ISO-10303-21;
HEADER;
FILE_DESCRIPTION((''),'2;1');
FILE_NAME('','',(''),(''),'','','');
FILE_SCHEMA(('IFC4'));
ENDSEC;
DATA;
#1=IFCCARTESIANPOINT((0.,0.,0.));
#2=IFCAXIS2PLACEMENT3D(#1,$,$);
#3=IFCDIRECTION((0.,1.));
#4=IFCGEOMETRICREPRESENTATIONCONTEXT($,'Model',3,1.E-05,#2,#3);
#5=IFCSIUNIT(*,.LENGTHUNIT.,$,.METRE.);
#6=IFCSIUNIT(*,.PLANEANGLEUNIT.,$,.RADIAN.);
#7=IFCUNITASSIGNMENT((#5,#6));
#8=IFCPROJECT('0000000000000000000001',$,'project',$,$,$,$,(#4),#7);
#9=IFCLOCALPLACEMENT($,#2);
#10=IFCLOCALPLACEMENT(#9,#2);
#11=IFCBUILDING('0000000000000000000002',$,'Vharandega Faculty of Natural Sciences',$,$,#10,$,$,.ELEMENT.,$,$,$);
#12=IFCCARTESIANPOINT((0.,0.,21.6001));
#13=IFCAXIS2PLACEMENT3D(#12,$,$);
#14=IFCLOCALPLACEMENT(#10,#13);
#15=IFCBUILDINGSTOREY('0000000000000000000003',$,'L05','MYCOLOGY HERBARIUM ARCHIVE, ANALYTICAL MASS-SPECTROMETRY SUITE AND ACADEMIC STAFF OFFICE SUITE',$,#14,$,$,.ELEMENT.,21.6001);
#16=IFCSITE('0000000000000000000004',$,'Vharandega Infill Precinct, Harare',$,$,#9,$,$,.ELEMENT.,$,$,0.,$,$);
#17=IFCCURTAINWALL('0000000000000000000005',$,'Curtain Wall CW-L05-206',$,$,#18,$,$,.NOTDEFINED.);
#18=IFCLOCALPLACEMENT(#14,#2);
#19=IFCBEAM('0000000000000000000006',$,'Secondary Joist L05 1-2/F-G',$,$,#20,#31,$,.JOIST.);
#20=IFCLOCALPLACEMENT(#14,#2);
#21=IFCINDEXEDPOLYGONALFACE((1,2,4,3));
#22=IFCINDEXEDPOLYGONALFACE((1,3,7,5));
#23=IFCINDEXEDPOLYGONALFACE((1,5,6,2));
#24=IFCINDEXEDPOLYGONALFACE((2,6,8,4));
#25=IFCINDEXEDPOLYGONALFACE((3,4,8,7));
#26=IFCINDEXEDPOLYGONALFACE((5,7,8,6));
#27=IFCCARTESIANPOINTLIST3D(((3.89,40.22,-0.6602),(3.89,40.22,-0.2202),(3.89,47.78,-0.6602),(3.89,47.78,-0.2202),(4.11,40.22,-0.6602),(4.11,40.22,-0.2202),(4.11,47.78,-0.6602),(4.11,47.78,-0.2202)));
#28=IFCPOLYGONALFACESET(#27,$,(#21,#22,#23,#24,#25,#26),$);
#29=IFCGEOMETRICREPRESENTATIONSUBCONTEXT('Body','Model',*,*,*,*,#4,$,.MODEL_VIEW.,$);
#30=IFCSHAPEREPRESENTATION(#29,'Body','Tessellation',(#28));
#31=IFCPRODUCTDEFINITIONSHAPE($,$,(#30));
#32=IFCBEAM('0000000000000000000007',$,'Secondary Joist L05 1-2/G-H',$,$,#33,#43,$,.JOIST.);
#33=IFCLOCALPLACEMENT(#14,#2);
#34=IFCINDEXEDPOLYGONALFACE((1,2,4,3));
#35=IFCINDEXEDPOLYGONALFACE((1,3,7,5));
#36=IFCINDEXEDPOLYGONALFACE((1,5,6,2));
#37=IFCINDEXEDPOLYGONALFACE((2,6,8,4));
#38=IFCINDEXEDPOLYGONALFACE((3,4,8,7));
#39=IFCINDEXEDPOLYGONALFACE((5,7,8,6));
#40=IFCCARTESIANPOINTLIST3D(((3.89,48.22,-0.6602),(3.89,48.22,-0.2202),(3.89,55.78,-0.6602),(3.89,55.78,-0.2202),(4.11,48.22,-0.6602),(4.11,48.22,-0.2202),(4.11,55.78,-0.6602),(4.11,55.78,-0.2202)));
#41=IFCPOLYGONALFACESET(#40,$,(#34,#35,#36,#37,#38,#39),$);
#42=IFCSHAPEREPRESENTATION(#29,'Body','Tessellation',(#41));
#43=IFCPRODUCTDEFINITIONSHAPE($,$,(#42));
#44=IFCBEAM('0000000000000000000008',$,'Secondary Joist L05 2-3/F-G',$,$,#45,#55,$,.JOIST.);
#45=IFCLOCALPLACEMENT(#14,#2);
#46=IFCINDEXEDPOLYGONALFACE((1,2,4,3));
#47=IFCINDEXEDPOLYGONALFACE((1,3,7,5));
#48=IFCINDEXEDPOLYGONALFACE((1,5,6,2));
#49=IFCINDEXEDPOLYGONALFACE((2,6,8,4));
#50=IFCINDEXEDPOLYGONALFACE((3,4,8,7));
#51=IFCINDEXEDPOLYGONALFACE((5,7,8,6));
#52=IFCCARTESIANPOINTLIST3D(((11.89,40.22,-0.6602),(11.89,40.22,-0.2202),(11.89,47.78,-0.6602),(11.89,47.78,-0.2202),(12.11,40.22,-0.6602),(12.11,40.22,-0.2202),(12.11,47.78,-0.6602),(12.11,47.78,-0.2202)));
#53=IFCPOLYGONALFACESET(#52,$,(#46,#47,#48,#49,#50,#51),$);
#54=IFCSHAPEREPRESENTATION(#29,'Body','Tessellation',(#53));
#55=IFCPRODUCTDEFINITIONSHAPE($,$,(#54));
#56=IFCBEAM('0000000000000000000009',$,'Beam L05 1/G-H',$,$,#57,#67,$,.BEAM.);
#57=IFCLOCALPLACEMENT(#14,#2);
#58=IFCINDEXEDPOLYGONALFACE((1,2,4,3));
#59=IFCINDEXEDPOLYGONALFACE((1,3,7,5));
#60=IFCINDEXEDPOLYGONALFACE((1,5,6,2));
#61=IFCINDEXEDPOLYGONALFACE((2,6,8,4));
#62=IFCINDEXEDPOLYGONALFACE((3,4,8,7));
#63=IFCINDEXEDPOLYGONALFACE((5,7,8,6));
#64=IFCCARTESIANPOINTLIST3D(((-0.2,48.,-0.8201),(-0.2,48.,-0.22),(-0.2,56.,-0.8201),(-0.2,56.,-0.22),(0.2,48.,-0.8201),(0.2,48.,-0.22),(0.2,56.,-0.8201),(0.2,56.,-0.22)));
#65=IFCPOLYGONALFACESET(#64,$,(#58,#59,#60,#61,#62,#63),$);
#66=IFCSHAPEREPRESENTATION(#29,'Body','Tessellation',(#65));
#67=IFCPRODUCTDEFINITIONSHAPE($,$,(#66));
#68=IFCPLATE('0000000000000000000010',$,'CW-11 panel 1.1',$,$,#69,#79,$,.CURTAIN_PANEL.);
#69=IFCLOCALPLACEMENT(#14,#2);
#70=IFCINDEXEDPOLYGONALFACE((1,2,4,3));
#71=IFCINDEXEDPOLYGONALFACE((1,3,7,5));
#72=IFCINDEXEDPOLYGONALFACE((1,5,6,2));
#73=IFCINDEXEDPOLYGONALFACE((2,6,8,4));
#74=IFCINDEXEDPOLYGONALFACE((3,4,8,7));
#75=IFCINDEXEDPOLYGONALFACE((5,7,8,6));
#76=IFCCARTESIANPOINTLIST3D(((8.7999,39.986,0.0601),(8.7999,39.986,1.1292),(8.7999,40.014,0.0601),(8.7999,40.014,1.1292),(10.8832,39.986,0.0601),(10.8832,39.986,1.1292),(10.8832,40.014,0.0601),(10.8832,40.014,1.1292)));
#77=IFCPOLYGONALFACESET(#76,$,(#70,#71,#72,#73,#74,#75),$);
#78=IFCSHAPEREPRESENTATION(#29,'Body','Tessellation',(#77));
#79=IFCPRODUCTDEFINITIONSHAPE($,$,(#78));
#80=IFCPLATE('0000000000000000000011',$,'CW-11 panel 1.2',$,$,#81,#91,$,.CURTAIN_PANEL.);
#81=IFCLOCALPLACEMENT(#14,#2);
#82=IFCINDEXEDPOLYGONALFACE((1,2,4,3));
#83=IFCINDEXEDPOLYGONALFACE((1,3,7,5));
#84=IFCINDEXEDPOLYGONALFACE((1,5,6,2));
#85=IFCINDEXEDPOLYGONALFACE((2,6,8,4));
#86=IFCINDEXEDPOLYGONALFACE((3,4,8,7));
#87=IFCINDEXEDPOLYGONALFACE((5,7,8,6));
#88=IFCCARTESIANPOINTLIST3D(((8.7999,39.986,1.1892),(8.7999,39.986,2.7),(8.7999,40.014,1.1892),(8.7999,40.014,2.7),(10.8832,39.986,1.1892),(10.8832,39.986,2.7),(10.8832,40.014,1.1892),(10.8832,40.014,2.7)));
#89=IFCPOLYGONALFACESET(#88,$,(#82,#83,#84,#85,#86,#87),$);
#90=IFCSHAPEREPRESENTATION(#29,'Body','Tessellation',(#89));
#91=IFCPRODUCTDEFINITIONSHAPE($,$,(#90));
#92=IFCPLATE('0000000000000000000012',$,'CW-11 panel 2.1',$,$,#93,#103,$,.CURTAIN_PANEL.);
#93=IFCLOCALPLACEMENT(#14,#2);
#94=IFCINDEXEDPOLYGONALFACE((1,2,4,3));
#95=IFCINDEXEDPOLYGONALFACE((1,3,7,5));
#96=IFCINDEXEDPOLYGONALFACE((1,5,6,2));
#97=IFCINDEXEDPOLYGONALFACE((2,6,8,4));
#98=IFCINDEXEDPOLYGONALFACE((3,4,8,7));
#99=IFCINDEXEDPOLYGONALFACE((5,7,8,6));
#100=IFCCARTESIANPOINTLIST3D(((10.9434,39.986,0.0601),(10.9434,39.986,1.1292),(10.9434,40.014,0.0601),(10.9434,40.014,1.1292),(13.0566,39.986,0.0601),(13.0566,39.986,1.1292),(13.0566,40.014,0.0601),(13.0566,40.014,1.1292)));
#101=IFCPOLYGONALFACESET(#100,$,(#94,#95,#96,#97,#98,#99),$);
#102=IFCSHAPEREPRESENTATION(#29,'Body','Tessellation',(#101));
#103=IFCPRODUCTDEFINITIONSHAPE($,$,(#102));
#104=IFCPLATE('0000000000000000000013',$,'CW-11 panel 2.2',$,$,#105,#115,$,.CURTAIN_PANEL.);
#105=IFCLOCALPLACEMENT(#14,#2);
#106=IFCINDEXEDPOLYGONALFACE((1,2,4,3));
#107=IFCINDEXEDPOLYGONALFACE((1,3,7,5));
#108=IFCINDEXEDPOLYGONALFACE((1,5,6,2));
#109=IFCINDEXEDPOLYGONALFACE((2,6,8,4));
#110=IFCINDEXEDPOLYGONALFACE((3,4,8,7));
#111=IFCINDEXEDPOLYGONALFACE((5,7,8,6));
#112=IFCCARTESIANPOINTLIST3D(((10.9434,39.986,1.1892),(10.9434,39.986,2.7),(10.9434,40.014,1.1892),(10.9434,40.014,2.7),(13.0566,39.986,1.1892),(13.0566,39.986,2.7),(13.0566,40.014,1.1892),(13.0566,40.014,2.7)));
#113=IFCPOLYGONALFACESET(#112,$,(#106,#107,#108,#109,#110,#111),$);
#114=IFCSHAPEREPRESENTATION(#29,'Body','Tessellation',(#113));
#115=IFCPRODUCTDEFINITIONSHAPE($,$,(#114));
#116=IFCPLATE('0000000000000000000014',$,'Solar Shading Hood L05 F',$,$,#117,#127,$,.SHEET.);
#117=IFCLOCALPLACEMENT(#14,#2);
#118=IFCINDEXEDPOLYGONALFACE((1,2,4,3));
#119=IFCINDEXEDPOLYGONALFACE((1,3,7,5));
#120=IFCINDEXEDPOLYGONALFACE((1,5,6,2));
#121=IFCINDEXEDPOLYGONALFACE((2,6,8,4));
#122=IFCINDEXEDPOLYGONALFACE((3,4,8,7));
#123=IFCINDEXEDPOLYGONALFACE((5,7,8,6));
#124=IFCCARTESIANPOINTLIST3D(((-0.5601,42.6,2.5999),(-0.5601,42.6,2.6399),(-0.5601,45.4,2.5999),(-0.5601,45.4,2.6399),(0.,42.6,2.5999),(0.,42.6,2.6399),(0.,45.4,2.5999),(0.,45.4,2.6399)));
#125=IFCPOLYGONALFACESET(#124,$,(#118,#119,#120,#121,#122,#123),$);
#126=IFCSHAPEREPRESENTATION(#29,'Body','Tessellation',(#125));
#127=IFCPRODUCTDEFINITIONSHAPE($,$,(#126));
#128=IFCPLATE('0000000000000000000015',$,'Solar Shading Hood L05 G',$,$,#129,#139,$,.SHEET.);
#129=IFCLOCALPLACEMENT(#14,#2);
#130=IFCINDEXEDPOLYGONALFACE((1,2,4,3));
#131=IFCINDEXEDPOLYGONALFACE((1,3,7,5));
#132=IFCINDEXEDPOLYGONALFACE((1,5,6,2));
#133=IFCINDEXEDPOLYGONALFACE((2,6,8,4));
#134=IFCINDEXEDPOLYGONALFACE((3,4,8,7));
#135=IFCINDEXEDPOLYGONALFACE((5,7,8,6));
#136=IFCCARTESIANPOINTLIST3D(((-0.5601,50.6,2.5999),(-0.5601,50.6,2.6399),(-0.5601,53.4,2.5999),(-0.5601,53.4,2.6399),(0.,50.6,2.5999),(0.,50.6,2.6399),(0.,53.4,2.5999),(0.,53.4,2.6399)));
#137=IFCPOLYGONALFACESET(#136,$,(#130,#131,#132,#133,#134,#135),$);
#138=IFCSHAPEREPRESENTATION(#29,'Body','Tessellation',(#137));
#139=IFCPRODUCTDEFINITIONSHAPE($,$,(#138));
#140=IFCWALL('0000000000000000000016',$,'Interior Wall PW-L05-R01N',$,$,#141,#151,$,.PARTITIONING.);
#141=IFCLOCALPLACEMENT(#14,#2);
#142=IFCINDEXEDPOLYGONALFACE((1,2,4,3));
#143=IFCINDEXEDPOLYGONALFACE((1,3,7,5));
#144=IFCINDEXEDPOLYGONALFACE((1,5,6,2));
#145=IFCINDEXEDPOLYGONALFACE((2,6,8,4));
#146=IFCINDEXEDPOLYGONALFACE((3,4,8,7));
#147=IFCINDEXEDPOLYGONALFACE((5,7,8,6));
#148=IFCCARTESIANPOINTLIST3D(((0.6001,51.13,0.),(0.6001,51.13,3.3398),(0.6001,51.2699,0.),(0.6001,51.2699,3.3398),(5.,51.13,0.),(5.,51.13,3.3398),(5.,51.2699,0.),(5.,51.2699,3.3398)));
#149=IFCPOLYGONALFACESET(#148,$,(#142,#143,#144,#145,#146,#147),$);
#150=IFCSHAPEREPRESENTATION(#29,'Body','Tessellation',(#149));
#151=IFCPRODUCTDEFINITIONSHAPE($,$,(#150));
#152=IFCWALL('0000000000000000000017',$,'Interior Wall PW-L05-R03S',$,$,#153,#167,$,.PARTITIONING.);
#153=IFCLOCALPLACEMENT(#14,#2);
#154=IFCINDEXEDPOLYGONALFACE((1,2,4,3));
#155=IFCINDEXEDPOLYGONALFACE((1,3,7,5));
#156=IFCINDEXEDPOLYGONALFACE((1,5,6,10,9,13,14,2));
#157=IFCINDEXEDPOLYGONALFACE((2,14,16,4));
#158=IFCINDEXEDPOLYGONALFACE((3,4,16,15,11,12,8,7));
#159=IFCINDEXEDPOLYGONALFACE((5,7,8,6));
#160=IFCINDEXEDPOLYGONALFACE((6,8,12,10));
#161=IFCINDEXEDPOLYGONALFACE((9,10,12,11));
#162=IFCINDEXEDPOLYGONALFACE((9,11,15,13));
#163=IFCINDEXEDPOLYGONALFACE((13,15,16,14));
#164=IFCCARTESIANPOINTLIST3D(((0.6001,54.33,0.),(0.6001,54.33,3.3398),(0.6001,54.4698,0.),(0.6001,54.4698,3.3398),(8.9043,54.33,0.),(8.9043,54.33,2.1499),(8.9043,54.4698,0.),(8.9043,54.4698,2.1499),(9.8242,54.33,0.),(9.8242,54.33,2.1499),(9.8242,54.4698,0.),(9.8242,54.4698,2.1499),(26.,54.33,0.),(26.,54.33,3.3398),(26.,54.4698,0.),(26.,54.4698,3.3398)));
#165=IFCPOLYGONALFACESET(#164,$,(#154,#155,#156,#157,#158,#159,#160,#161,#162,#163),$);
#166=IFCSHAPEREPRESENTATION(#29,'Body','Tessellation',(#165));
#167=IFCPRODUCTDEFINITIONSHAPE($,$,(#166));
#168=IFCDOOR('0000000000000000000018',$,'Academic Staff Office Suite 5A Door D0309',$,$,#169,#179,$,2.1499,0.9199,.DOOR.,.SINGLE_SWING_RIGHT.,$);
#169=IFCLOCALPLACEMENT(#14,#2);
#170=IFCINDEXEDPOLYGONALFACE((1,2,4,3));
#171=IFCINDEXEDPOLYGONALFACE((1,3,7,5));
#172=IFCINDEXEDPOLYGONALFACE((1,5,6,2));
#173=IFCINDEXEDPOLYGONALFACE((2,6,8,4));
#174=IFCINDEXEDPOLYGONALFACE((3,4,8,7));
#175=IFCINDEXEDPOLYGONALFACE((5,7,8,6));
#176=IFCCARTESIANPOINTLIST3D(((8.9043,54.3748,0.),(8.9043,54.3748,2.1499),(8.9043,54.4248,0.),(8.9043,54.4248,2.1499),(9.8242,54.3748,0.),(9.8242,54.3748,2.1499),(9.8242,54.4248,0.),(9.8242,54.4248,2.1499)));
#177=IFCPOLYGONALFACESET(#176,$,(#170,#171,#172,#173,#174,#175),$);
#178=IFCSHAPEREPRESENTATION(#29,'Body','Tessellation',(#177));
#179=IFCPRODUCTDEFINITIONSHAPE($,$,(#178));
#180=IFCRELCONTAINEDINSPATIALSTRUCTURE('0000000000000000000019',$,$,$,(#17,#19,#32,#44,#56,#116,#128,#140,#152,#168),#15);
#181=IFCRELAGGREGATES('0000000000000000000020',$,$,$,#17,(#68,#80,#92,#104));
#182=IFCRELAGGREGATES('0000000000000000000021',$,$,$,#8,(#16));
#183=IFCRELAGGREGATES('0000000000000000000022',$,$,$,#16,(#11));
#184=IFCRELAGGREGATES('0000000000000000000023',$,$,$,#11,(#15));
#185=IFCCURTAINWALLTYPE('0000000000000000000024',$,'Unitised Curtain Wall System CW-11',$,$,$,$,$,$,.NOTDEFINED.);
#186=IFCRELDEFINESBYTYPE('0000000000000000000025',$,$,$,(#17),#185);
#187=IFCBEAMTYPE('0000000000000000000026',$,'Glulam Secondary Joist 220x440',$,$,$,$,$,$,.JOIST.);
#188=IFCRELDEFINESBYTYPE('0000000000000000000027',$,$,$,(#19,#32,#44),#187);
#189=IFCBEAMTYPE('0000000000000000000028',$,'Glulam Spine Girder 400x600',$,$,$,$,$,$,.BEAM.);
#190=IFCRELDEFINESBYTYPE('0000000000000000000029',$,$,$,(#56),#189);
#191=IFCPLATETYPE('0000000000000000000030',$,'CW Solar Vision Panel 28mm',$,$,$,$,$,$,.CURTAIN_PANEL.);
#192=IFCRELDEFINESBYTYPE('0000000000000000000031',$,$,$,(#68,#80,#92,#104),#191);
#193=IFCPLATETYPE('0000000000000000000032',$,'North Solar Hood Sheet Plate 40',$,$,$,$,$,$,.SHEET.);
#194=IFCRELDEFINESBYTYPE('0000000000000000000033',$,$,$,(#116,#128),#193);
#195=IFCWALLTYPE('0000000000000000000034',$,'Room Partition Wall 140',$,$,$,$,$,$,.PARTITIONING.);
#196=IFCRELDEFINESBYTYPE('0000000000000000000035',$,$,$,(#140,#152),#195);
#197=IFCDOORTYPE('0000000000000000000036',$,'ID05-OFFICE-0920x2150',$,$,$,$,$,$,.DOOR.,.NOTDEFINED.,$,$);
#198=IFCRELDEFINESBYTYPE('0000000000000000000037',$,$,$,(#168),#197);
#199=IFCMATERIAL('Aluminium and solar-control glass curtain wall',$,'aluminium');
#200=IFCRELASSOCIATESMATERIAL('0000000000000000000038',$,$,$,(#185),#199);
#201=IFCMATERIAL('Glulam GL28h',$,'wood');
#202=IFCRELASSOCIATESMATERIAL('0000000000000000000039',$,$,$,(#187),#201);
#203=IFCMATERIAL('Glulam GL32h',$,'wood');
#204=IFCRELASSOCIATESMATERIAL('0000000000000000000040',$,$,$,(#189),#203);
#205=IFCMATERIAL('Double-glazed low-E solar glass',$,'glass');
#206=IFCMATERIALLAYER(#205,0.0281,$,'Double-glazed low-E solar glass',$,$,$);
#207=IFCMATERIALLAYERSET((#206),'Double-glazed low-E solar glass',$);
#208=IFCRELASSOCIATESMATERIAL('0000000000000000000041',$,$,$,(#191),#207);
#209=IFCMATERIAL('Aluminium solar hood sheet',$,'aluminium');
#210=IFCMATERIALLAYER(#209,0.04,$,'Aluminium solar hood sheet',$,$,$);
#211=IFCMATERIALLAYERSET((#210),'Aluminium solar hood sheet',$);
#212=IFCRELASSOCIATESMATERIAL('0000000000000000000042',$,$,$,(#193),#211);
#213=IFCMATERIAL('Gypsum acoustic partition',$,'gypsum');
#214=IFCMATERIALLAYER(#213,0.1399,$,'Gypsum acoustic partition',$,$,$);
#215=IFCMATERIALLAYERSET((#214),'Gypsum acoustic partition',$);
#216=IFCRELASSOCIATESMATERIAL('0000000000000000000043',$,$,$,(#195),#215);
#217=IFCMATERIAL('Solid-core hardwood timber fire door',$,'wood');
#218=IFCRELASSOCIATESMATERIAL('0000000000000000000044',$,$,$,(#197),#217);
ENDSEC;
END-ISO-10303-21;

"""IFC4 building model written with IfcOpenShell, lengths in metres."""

from ifc_helpers import new_model, si_unit, direction, frame, frame_2d, origin, origin_2d, place, context, subcontext, project, spatial, rectangle, extrude, material, layer, layer_set, material_profile, profile_set, type_object, element, fill, aggregate, save


model = new_model("IFC4")

# Units and contexts
model_context = context("Model", 3, precision=1e-05, world=origin(), true_north=direction((0.0, 1.0)))
body_context = subcontext(model_context, "Body", "Model", "MODEL_VIEW")
ifc_project = project(units=[si_unit("LENGTHUNIT", "METRE"), si_unit("PLANEANGLEUNIT", "RADIAN")], contexts=[model_context])

# Site, building, storey
site_placement = place(None, origin())
site = spatial("IfcSite", under=ifc_project, at=site_placement, Name="Vharandega Infill Precinct, Harare", CompositionType="ELEMENT", RefElevation=0.0)
building_placement = place(site_placement, origin())
building = spatial("IfcBuilding", under=site, at=building_placement, Name="Vharandega Faculty of Natural Sciences", CompositionType="ELEMENT")
storey_placement = place(building_placement, frame((0.0, 0.0, 21.6001)))
storey = spatial("IfcBuildingStorey", under=building, at=storey_placement, Name="L05", Description="MYCOLOGY HERBARIUM ARCHIVE, ANALYTICAL MASS-SPECTROMETRY SUITE AND ACADEMIC STAFF OFFICE SUITE", CompositionType="ELEMENT", Elevation=21.6001)

# Curtain wall
ifc_material_1 = material(Name="Aluminium and solar-control glass curtain wall", Category="aluminium")
curtain_wall_type = type_object("IfcCurtainWallType", Name="Unitised Curtain Wall System CW-11", PredefinedType="NOTDEFINED", material=ifc_material_1)
curtain_wall_placement = place(storey_placement, origin())
curtain_wall = element("IfcCurtainWall", 1, at=curtain_wall_placement, inside=storey, type_object=curtain_wall_type, Name="Curtain Wall CW-L05-206", PredefinedType="NOTDEFINED")

# Beams
ifc_material_2 = material(Name="Glulam GL28h", Category="wood")
ifc_material_profile_1 = material_profile(ifc_material_2, rectangle(XDim=0.22, YDim=0.4399, at=origin_2d()), Name="GL28h 220x440")
ifc_profile_set_1 = profile_set([ifc_material_profile_1], Name="Glulam GL28h")
beam_type_1 = type_object("IfcBeamType", Name="Glulam Secondary Joist 220x440", PredefinedType="JOIST", material=ifc_profile_set_1)
for number, where, z_axis, x_axis, name in (
    (2, (4.0, 40.22, -0.4402), (0.0, 1.0, 0.0), (-1.0, 0.0, 0.0), "Secondary Joist L05 1-2/F-G"),
    (3, (4.0, 48.22, -0.4402), (0.0, 1.0, 0.0), (-1.0, 0.0, 0.0), "Secondary Joist L05 1-2/G-H"),
    (4, (12.0, 40.22, -0.4402), (0.0, 1.0, 0.0), (-1.0, 0.0, 0.0), "Secondary Joist L05 2-3/F-G"),
):
    element("IfcBeam", number, at=place(storey_placement, frame(where, z_axis=z_axis, x_axis=x_axis)), inside=storey, type_object=beam_type_1, Name=name, PredefinedType="JOIST", context=body_context, shape_type="SweptSolid", body=[
        extrude(rectangle(XDim=0.22, YDim=0.4399, at=origin_2d()), origin(), (0.0, 0.0, 1.0), 7.5601),
    ])
ifc_material_3 = material(Name="Glulam GL32h", Category="wood")
ifc_material_profile_2 = material_profile(ifc_material_3, rectangle(XDim=0.3999, YDim=0.6001, at=origin_2d()), Name="GL32h 400x600")
ifc_profile_set_2 = profile_set([ifc_material_profile_2], Name="Glulam GL32h")
beam_type_2 = type_object("IfcBeamType", Name="Glulam Spine Girder 400x600", PredefinedType="BEAM", material=ifc_profile_set_2)
beam_placement = place(storey_placement, frame((0.0, 48.0, -0.52), z_axis=(0.0, 1.0, 0.0), x_axis=(-1.0, 0.0, 0.0)))
element("IfcBeam", 5, at=beam_placement, inside=storey, type_object=beam_type_2, Name="Beam L05 1/G-H", PredefinedType="BEAM", context=body_context, shape_type="SweptSolid", body=[
    extrude(rectangle(XDim=0.3999, YDim=0.6001, at=origin_2d()), origin(), (0.0, 0.0, 1.0), 8.0),
])

# Plates
ifc_material_4 = material(Name="Double-glazed low-E solar glass", Category="glass")
ifc_layer_1 = layer(ifc_material_4, 0.0281, Name="Double-glazed low-E solar glass")
ifc_layer_set_1 = layer_set([ifc_layer_1], Name="Double-glazed low-E solar glass")
plate_type_1 = type_object("IfcPlateType", Name="CW Solar Vision Panel 28mm", PredefinedType="CURTAIN_PANEL", material=ifc_layer_set_1)
plate_1_placement = place(storey_placement, frame((9.8416, 40.0, 0.0601), z_axis=(0.0, 0.0, 1.0), x_axis=(1.0, 0.0, 0.0)))
plate_1 = element("IfcPlate", 6, at=plate_1_placement, type_object=plate_type_1, Name="CW-11 panel 1.1", PredefinedType="CURTAIN_PANEL", context=body_context, shape_type="SweptSolid", body=[
    extrude(rectangle(XDim=2.0833, YDim=0.0281, at=origin_2d()), origin(), (0.0, 0.0, 1.0), 1.0691),
])
plate_2_placement = place(storey_placement, frame((9.8416, 40.0, 1.1892), z_axis=(0.0, 0.0, 1.0), x_axis=(1.0, 0.0, 0.0)))
plate_2 = element("IfcPlate", 7, at=plate_2_placement, type_object=plate_type_1, Name="CW-11 panel 1.2", PredefinedType="CURTAIN_PANEL", context=body_context, shape_type="SweptSolid", body=[
    extrude(rectangle(XDim=2.0833, YDim=0.0281, at=origin_2d()), origin(), (0.0, 0.0, 1.0), 1.5107),
])
plate_3_placement = place(storey_placement, frame((12.0, 40.0, 0.0601), z_axis=(0.0, 0.0, 1.0), x_axis=(1.0, 0.0, 0.0)))
plate_3 = element("IfcPlate", 8, at=plate_3_placement, type_object=plate_type_1, Name="CW-11 panel 2.1", PredefinedType="CURTAIN_PANEL", context=body_context, shape_type="SweptSolid", body=[
    extrude(rectangle(XDim=2.1133, YDim=0.0281, at=origin_2d()), origin(), (0.0, 0.0, 1.0), 1.0691),
])
plate_4_placement = place(storey_placement, frame((12.0, 40.0, 1.1892), z_axis=(0.0, 0.0, 1.0), x_axis=(1.0, 0.0, 0.0)))
plate_4 = element("IfcPlate", 9, at=plate_4_placement, type_object=plate_type_1, Name="CW-11 panel 2.2", PredefinedType="CURTAIN_PANEL", context=body_context, shape_type="SweptSolid", body=[
    extrude(rectangle(XDim=2.1133, YDim=0.0281, at=origin_2d()), origin(), (0.0, 0.0, 1.0), 1.5107),
])
aggregate(curtain_wall, [plate_1, plate_2, plate_3, plate_4])

# Plates
ifc_material_5 = material(Name="Aluminium solar hood sheet", Category="aluminium")
ifc_layer_2 = layer(ifc_material_5, 0.04, Name="Aluminium solar hood sheet")
ifc_layer_set_2 = layer_set([ifc_layer_2], Name="Aluminium solar hood sheet")
plate_type_2 = type_object("IfcPlateType", Name="North Solar Hood Sheet Plate 40", PredefinedType="SHEET", material=ifc_layer_set_2)
for number, where, z_axis, x_axis, name in (
    (10, (-0.28, 44.0, 2.5999), (0.0, 0.0, 1.0), (1.0, 0.0, 0.0), "Solar Shading Hood L05 F"),
    (11, (-0.28, 52.0, 2.5999), (0.0, 0.0, 1.0), (1.0, 0.0, 0.0), "Solar Shading Hood L05 G"),
):
    element("IfcPlate", number, at=place(storey_placement, frame(where, z_axis=z_axis, x_axis=x_axis)), inside=storey, type_object=plate_type_2, Name=name, PredefinedType="SHEET", context=body_context, shape_type="SweptSolid", body=[
        extrude(rectangle(XDim=0.5601, YDim=2.8, at=origin_2d()), origin(), (0.0, 0.0, 1.0), 0.04),
    ])

# Wall
ifc_material_6 = material(Name="Gypsum acoustic partition", Category="gypsum")
ifc_layer_3 = layer(ifc_material_6, 0.1399, Name="Gypsum acoustic partition")
ifc_layer_set_3 = layer_set([ifc_layer_3], Name="Gypsum acoustic partition")
wall_type_1 = type_object("IfcWallType", Name="Room Partition Wall 140", PredefinedType="PARTITIONING", material=ifc_layer_set_3)
wall_1_placement = place(storey_placement, frame((0.6001, 51.2, 0.0), z_axis=(0.0, 0.0, 1.0), x_axis=(1.0, 0.0, 0.0)))
element("IfcWall", 12, at=wall_1_placement, inside=storey, type_object=wall_type_1, Name="Interior Wall PW-L05-R01N", PredefinedType="PARTITIONING", context=body_context, shape_type="SweptSolid", body=[
    extrude(rectangle(XDim=4.3999, YDim=0.1399, at=frame_2d((2.2, 0.0))), origin(), (0.0, 0.0, 1.0), 3.3398),
])

# Wall, opening, door
wall_2_placement = place(storey_placement, frame((0.6001, 54.3999, 0.0), z_axis=(0.0, 0.0, 1.0), x_axis=(1.0, 0.0, 0.0)))
wall_2 = element("IfcWall", 13, at=wall_2_placement, inside=storey, type_object=wall_type_1, Name="Interior Wall PW-L05-R03S", PredefinedType="PARTITIONING", context=body_context, shape_type="SweptSolid", body=[
    extrude(rectangle(XDim=25.3999, YDim=0.1399, at=frame_2d((12.7, 0.0))), origin(), (0.0, 0.0, 1.0), 3.3398),
])
opening_1_placement = place(wall_2_placement, frame((8.3042, 0.0, 0.0)))
opening_1 = element("IfcOpeningElement", 14, at=opening_1_placement, cuts=wall_2, PredefinedType="OPENING", context=body_context, shape_type="SweptSolid", body=[
    extrude(rectangle(XDim=0.9199, YDim=2.1499, at=frame_2d((0.46, 1.075))), frame((0.0, 0.0801, 0.0), z_axis=(0.0, -1.0, 0.0), x_axis=(1.0, 0.0, 0.0)), (0.0, 0.0, 1.0), 0.1599),
])
ifc_material_7 = material(Name="Solid-core hardwood timber fire door", Category="wood")
door_type = type_object("IfcDoorType", Name="ID05-OFFICE-0920x2150", OperationType="NOTDEFINED", PredefinedType="DOOR", material=ifc_material_7)
door_placement = place(opening_1_placement, origin())
door = element("IfcDoor", 15, at=door_placement, inside=storey, type_object=door_type, Name="Academic Staff Office Suite 5A Door D0309", OperationType="SINGLE_SWING_RIGHT", OverallHeight=2.1499, OverallWidth=0.9199, PredefinedType="DOOR", context=body_context, shape_type="SweptSolid", body=[
    extrude(rectangle(XDim=0.9199, YDim=2.1499, at=frame_2d((0.46, 1.075))), frame((0.0, 0.0249, 0.0), z_axis=(0.0, -1.0, 0.0), x_axis=(1.0, 0.0, 0.0)), (0.0, 0.0, 1.0), 0.05),
])
fill(opening_1, door)

save(model, "model.ifc")
